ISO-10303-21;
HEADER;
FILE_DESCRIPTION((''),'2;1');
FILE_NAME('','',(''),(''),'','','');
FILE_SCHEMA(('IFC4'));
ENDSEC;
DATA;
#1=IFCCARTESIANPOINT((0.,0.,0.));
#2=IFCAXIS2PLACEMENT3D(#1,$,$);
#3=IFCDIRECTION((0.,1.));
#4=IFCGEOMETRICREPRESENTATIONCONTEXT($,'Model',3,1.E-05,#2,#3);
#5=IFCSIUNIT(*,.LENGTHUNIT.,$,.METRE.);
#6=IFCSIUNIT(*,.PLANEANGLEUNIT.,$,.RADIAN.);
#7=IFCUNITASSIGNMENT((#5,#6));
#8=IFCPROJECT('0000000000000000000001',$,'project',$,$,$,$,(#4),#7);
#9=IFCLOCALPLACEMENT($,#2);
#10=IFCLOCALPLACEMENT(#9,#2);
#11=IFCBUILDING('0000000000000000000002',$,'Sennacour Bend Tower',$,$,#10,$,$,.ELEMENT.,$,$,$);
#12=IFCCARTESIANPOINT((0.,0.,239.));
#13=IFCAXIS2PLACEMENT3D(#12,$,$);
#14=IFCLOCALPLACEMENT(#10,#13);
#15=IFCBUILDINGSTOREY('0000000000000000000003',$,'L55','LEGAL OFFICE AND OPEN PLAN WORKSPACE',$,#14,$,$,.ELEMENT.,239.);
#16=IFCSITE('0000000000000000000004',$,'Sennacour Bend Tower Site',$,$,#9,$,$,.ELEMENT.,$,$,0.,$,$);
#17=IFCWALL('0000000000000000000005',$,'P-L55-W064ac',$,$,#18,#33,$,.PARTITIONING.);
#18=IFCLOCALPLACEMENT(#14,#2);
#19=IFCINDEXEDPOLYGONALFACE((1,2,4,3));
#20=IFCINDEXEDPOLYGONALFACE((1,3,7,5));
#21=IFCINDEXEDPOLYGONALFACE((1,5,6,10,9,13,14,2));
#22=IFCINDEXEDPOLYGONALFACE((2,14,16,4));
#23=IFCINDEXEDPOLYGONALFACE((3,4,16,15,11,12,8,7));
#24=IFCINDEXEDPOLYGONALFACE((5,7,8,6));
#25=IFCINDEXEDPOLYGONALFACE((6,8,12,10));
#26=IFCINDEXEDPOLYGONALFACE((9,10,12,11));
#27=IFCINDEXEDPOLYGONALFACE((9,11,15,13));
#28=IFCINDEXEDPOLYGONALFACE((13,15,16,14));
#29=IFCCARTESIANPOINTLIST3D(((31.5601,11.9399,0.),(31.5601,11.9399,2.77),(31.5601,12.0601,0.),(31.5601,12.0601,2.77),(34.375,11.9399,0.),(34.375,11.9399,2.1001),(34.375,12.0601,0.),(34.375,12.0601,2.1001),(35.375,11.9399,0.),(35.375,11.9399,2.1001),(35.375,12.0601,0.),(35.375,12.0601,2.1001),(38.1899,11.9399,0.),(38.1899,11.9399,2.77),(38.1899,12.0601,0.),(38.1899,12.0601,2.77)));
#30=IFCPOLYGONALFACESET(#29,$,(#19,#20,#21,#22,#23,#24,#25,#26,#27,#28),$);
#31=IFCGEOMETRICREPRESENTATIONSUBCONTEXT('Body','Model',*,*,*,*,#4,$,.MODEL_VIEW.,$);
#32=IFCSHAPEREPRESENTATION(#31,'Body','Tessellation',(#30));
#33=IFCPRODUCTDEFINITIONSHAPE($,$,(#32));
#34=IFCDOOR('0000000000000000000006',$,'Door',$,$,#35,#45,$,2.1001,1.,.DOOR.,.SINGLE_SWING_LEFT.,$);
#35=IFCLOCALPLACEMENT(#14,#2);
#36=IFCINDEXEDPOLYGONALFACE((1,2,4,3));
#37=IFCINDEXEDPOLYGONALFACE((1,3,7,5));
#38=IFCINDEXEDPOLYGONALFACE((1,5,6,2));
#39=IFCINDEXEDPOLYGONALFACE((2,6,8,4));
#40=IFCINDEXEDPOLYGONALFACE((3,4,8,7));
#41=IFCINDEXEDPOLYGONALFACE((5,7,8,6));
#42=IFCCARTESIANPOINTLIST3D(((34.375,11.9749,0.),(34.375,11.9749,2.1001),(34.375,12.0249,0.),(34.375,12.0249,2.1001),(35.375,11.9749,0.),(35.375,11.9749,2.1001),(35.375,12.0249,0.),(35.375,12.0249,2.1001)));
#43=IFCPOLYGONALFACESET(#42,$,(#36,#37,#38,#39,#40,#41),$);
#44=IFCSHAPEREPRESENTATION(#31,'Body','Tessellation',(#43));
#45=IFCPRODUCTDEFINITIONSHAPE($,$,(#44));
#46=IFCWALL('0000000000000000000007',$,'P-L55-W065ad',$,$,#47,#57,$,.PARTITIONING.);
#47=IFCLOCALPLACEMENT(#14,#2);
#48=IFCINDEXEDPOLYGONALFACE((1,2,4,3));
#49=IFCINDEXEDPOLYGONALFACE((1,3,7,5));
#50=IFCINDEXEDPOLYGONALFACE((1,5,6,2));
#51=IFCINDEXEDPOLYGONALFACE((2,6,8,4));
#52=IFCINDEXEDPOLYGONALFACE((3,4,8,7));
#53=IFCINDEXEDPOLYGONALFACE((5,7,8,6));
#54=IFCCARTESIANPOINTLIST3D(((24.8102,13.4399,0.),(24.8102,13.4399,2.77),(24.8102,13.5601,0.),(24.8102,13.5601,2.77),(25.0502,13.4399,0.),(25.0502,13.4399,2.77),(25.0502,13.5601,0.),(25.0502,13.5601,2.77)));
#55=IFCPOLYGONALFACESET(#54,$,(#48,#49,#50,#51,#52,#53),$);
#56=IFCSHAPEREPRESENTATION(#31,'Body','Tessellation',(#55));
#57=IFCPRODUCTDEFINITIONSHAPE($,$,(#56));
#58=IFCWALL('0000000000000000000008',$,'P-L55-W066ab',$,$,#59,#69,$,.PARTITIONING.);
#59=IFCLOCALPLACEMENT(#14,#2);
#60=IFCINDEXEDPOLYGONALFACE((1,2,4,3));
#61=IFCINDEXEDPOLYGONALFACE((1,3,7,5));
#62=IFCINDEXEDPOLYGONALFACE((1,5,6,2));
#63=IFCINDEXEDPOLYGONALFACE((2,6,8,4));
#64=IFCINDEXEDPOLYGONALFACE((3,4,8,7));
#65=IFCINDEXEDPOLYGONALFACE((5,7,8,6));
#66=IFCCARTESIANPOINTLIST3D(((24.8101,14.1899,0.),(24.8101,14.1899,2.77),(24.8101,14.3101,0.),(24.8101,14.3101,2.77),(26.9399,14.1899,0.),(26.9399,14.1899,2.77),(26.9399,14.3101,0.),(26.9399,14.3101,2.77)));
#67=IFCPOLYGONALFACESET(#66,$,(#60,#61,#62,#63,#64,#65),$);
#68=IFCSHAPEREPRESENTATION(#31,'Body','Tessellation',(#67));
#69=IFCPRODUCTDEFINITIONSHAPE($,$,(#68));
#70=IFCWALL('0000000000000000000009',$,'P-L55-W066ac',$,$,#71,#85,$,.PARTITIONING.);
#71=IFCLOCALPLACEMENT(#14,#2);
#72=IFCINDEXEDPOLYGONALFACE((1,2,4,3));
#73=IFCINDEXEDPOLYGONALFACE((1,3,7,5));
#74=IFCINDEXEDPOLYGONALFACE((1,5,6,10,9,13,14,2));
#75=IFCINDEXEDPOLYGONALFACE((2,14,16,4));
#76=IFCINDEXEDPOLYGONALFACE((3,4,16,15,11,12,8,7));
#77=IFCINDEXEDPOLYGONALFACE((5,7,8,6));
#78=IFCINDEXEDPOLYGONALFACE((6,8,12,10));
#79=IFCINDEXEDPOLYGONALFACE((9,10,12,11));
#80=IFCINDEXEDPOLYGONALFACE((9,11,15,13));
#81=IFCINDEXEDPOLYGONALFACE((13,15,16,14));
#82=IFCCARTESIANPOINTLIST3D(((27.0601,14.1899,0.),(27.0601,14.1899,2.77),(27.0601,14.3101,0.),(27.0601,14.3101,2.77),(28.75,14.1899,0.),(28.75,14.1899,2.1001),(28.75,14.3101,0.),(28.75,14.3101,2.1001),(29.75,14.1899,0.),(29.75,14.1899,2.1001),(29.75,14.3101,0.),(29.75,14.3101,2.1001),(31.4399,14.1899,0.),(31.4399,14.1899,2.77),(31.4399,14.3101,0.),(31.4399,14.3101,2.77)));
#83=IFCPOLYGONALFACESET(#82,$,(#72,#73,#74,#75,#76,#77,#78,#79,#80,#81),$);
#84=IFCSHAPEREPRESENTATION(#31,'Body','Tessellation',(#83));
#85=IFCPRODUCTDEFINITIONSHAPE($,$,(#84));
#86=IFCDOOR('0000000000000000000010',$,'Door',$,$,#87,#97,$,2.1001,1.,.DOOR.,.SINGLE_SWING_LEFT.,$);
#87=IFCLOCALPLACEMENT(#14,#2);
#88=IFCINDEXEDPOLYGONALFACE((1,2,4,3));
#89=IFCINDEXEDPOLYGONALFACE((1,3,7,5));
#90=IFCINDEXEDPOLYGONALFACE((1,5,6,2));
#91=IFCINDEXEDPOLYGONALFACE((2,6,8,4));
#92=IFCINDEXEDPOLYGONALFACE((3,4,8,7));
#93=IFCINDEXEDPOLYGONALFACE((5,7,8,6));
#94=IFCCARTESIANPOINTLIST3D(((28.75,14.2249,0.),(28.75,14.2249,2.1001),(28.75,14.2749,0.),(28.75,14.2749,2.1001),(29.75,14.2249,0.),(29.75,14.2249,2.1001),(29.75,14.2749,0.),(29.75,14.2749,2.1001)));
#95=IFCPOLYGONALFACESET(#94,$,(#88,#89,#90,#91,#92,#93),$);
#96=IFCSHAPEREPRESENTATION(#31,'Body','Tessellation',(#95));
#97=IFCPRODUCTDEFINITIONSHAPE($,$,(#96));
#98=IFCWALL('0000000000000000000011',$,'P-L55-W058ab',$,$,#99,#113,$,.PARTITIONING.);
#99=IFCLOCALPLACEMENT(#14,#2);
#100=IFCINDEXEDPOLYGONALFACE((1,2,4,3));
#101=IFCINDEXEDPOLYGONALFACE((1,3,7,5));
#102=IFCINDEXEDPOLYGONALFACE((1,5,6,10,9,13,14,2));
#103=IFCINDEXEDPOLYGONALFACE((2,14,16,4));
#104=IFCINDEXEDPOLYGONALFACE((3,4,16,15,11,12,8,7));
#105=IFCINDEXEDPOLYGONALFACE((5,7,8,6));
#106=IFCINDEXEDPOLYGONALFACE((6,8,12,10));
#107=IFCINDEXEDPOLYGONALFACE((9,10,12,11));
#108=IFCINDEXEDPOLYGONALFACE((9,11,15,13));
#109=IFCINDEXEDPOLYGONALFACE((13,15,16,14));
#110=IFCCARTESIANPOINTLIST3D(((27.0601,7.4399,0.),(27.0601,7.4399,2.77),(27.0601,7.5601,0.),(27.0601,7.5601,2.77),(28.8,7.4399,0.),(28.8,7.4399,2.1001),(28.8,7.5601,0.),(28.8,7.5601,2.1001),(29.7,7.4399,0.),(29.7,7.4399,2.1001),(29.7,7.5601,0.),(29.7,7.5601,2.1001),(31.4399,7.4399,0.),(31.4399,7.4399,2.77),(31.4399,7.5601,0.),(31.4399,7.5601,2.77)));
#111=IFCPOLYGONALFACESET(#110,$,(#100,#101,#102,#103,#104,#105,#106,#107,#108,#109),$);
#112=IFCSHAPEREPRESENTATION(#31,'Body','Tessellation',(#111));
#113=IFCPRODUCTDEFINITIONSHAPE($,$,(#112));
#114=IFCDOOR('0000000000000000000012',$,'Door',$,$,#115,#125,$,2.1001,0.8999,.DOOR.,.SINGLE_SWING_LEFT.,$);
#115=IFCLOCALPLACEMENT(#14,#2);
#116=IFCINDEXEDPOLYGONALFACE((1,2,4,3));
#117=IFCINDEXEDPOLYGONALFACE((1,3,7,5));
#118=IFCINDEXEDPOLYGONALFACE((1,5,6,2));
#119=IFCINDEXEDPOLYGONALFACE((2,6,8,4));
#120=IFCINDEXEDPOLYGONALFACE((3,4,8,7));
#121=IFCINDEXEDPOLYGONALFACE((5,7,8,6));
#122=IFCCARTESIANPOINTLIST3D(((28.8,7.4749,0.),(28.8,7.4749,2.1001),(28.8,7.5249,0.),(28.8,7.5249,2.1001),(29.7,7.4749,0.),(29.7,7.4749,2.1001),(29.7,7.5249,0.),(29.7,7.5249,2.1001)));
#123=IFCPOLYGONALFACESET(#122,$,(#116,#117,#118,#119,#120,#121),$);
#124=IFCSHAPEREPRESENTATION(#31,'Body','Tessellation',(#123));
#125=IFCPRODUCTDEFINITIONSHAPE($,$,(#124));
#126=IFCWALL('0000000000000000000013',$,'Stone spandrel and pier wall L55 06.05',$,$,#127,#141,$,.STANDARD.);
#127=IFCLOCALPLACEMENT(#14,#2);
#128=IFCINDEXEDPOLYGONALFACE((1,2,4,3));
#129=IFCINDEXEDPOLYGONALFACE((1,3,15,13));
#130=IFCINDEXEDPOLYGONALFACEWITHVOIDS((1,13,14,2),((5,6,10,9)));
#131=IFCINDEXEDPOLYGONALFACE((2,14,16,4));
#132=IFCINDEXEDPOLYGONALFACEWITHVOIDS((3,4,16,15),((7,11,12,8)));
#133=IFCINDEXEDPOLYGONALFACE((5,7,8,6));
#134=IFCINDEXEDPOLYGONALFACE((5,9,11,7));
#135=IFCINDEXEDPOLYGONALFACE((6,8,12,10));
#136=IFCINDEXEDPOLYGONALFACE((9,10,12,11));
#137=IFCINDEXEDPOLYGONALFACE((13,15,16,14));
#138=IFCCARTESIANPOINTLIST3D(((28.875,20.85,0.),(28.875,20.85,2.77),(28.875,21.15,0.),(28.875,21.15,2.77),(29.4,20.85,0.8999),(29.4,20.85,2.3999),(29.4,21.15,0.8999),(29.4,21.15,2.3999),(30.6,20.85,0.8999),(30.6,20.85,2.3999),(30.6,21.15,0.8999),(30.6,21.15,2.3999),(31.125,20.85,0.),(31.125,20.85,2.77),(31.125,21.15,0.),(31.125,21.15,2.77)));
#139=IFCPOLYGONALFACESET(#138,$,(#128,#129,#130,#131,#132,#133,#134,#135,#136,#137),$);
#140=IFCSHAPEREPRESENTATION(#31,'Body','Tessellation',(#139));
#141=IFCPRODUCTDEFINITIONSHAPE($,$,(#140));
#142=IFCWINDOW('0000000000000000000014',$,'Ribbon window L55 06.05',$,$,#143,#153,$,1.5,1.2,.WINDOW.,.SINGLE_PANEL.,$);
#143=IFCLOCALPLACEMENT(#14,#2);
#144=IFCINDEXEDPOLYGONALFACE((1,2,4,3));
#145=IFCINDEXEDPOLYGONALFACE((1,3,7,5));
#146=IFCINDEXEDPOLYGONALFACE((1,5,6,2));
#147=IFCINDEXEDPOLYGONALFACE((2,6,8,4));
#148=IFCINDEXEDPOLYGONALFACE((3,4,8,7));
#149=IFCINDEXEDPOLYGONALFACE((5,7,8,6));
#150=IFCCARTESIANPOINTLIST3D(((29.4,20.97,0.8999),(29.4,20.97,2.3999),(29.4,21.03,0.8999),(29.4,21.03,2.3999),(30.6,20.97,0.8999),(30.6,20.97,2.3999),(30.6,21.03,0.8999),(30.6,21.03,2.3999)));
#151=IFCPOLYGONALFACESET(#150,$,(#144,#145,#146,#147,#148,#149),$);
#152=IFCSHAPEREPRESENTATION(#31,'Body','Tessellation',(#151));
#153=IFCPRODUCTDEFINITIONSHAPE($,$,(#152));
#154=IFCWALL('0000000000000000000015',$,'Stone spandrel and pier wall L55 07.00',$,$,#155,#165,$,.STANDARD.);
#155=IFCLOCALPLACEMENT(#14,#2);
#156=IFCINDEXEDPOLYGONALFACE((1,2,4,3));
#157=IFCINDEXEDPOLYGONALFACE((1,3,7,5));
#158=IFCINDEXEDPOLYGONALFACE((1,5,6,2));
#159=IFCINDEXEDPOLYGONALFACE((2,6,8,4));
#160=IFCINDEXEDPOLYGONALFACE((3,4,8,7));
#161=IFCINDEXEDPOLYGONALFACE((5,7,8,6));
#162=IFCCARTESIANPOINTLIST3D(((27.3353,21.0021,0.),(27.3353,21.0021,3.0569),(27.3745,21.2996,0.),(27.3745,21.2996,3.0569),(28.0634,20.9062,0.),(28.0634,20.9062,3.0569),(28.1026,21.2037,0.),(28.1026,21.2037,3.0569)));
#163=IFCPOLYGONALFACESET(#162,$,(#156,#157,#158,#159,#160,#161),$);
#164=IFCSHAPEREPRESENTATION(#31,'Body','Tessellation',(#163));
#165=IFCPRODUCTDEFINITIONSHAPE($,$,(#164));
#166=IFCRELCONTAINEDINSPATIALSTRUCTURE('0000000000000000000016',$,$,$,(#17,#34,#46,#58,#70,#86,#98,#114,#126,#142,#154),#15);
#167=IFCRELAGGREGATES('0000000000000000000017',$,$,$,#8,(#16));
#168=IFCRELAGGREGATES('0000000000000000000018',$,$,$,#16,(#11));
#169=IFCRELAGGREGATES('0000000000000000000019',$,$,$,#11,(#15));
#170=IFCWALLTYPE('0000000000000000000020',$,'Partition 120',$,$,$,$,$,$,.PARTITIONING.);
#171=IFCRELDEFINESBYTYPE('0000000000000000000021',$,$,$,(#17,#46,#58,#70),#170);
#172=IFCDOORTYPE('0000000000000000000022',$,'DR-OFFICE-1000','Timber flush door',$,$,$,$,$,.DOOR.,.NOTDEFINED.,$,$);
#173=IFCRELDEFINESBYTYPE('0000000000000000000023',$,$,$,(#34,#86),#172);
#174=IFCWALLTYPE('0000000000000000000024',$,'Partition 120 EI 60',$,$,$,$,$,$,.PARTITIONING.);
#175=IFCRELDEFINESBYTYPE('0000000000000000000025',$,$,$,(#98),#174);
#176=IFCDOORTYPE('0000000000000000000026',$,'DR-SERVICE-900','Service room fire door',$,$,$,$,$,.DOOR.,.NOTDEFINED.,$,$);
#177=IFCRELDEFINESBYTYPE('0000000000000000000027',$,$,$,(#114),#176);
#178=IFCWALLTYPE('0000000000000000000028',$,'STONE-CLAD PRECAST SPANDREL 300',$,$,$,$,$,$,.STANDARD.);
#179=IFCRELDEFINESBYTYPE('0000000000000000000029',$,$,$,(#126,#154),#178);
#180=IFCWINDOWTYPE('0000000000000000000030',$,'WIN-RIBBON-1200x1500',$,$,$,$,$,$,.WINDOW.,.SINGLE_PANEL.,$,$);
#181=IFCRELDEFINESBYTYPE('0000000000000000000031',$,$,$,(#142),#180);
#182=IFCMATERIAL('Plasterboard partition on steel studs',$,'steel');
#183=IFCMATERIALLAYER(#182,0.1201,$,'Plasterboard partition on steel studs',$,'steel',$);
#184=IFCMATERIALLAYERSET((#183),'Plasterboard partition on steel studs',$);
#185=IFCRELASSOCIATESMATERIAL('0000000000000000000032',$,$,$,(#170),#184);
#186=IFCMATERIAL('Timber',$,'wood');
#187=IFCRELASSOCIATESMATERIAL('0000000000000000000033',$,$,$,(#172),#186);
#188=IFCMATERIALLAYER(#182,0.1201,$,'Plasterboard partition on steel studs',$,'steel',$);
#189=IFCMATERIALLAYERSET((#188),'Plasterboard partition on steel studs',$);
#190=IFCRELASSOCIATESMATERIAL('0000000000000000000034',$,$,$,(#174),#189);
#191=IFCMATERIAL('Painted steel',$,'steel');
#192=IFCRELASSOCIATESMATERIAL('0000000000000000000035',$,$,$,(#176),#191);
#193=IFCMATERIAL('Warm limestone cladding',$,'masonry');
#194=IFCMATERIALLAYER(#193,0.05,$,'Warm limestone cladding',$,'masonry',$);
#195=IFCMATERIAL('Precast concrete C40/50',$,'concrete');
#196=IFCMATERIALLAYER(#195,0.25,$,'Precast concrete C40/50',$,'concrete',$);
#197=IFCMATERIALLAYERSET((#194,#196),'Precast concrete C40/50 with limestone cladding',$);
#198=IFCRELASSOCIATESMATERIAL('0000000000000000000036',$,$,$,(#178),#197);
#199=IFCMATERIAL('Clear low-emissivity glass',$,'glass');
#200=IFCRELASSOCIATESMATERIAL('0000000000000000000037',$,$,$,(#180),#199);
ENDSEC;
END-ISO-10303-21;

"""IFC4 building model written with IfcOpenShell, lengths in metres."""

from ifc_helpers import new_model, si_unit, direction, frame, frame_2d, origin, place, context, subcontext, project, spatial, rectangle, extrude, material, layer, layer_set, type_object, element, fill, save


model = new_model("IFC4")

# Units and contexts
model_context = context("Model", 3, precision=1e-05, world=origin(), true_north=direction((0.0, 1.0)))
body_context = subcontext(model_context, "Body", "Model", "MODEL_VIEW")
ifc_project = project(units=[si_unit("LENGTHUNIT", "METRE"), si_unit("PLANEANGLEUNIT", "RADIAN")], contexts=[model_context])

# Site, building, storey
site_placement = place(None, origin())
site = spatial("IfcSite", under=ifc_project, at=site_placement, Name="Sennacour Bend Tower Site", CompositionType="ELEMENT", RefElevation=0.0)
building_placement = place(site_placement, origin())
building = spatial("IfcBuilding", under=site, at=building_placement, Name="Sennacour Bend Tower", CompositionType="ELEMENT")
storey_placement = place(building_placement, frame((0.0, 0.0, 239.0)))
storey = spatial("IfcBuildingStorey", under=building, at=storey_placement, Name="L55", Description="LEGAL OFFICE AND OPEN PLAN WORKSPACE", CompositionType="ELEMENT", Elevation=239.0)

# Shared definitions
ifc_material_1 = material(Name="Plasterboard partition on steel studs", Category="steel")
ifc_layer_1 = layer(ifc_material_1, 0.1201, Name="Plasterboard partition on steel studs", Category="steel")
ifc_layer_set_1 = layer_set([ifc_layer_1], Name="Plasterboard partition on steel studs")
wall_type_1 = type_object("IfcWallType", Name="Partition 120", PredefinedType="PARTITIONING", material=ifc_layer_set_1)

# Wall, opening, door
wall_1_placement = place(storey_placement, frame((31.5601, 12.0, 0.0), z_axis=(0.0, 0.0, 1.0), x_axis=(1.0, 0.0, 0.0)))
wall_1 = element("IfcWall", 1, at=wall_1_placement, inside=storey, type_object=wall_type_1, Name="P-L55-W064ac", PredefinedType="PARTITIONING", context=body_context, shape_type="SweptSolid", body=[
    extrude(rectangle(XDim=6.6299, YDim=0.1201, at=frame_2d((3.3149, 0.0))), origin(), (0.0, 0.0, 1.0), 2.77),
])
opening_1_placement = place(wall_1_placement, frame((2.8149, 0.0, 0.0)))
opening_1 = element("IfcOpeningElement", 2, at=opening_1_placement, cuts=wall_1, PredefinedType="OPENING", context=body_context, shape_type="SweptSolid", body=[
    extrude(rectangle(XDim=1.0, YDim=2.1001, at=frame_2d((0.5, 1.05))), frame((0.0, 0.0701, 0.0), z_axis=(0.0, -1.0, 0.0), x_axis=(1.0, 0.0, 0.0)), (0.0, 0.0, 1.0), 0.1401),
])
ifc_material_2 = material(Name="Timber", Category="wood")
door_type_1 = type_object("IfcDoorType", Name="DR-OFFICE-1000", Description="Timber flush door", OperationType="NOTDEFINED", PredefinedType="DOOR", material=ifc_material_2)
door_1_placement = place(opening_1_placement, origin())
door_1 = element("IfcDoor", 3, at=door_1_placement, inside=storey, type_object=door_type_1, Name="Door", OperationType="SINGLE_SWING_LEFT", OverallHeight=2.1001, OverallWidth=1.0, PredefinedType="DOOR", context=body_context, shape_type="SweptSolid", body=[
    extrude(rectangle(XDim=1.0, YDim=2.1001, at=frame_2d((0.5, 1.05))), frame((0.0, 0.0249, 0.0), z_axis=(0.0, -1.0, 0.0), x_axis=(1.0, 0.0, 0.0)), (0.0, 0.0, 1.0), 0.05),
])
fill(opening_1, door_1)

# Walls
wall_2_placement = place(storey_placement, frame((24.8101, 13.5, 0.0), z_axis=(0.0, 0.0, 1.0), x_axis=(1.0, 0.0, 0.0)))
element("IfcWall", 4, at=wall_2_placement, inside=storey, type_object=wall_type_1, Name="P-L55-W065ad", PredefinedType="PARTITIONING", context=body_context, shape_type="SweptSolid", body=[
    extrude(rectangle(XDim=0.24, YDim=0.1201, at=frame_2d((0.1201, 0.0))), origin(), (0.0, 0.0, 1.0), 2.77),
])
wall_3_placement = place(storey_placement, frame((24.8101, 14.25, 0.0), z_axis=(0.0, 0.0, 1.0), x_axis=(1.0, 0.0, 0.0)))
element("IfcWall", 5, at=wall_3_placement, inside=storey, type_object=wall_type_1, Name="P-L55-W066ab", PredefinedType="PARTITIONING", context=body_context, shape_type="SweptSolid", body=[
    extrude(rectangle(XDim=2.1299, YDim=0.1201, at=frame_2d((1.0649, 0.0))), origin(), (0.0, 0.0, 1.0), 2.77),
])

# Walls, openings, doors
wall_4_placement = place(storey_placement, frame((27.0601, 14.25, 0.0), z_axis=(0.0, 0.0, 1.0), x_axis=(1.0, 0.0, 0.0)))
wall_4 = element("IfcWall", 6, at=wall_4_placement, inside=storey, type_object=wall_type_1, Name="P-L55-W066ac", PredefinedType="PARTITIONING", context=body_context, shape_type="SweptSolid", body=[
    extrude(rectangle(XDim=4.3799, YDim=0.1201, at=frame_2d((2.1899, 0.0))), origin(), (0.0, 0.0, 1.0), 2.77),
])
opening_2_placement = place(wall_4_placement, frame((1.6899, 0.0, 0.0)))
opening_2 = element("IfcOpeningElement", 7, at=opening_2_placement, cuts=wall_4, PredefinedType="OPENING", context=body_context, shape_type="SweptSolid", body=[
    extrude(rectangle(XDim=1.0, YDim=2.1001, at=frame_2d((0.5, 1.05))), frame((0.0, 0.0701, 0.0), z_axis=(0.0, -1.0, 0.0), x_axis=(1.0, 0.0, 0.0)), (0.0, 0.0, 1.0), 0.1401),
])
door_2_placement = place(opening_2_placement, origin())
door_2 = element("IfcDoor", 8, at=door_2_placement, inside=storey, type_object=door_type_1, Name="Door", OperationType="SINGLE_SWING_LEFT", OverallHeight=2.1001, OverallWidth=1.0, PredefinedType="DOOR", context=body_context, shape_type="SweptSolid", body=[
    extrude(rectangle(XDim=1.0, YDim=2.1001, at=frame_2d((0.5, 1.05))), frame((0.0, 0.0249, 0.0), z_axis=(0.0, -1.0, 0.0), x_axis=(1.0, 0.0, 0.0)), (0.0, 0.0, 1.0), 0.05),
])
fill(opening_2, door_2)
ifc_layer_2 = layer(ifc_material_1, 0.1201, Name="Plasterboard partition on steel studs", Category="steel")
ifc_layer_set_2 = layer_set([ifc_layer_2], Name="Plasterboard partition on steel studs")
wall_type_2 = type_object("IfcWallType", Name="Partition 120 EI 60", PredefinedType="PARTITIONING", material=ifc_layer_set_2)
wall_5_placement = place(storey_placement, frame((27.0601, 7.5, 0.0), z_axis=(0.0, 0.0, 1.0), x_axis=(1.0, 0.0, 0.0)))
wall_5 = element("IfcWall", 9, at=wall_5_placement, inside=storey, type_object=wall_type_2, Name="P-L55-W058ab", PredefinedType="PARTITIONING", context=body_context, shape_type="SweptSolid", body=[
    extrude(rectangle(XDim=4.3799, YDim=0.1201, at=frame_2d((2.1899, 0.0))), origin(), (0.0, 0.0, 1.0), 2.77),
])
opening_3_placement = place(wall_5_placement, frame((1.74, 0.0, 0.0)))
opening_3 = element("IfcOpeningElement", 10, at=opening_3_placement, cuts=wall_5, PredefinedType="OPENING", context=body_context, shape_type="SweptSolid", body=[
    extrude(rectangle(XDim=0.8999, YDim=2.1001, at=frame_2d((0.45, 1.05))), frame((0.0, 0.0701, 0.0), z_axis=(0.0, -1.0, 0.0), x_axis=(1.0, 0.0, 0.0)), (0.0, 0.0, 1.0), 0.1401),
])
ifc_material_3 = material(Name="Painted steel", Category="steel")
door_type_2 = type_object("IfcDoorType", Name="DR-SERVICE-900", Description="Service room fire door", OperationType="NOTDEFINED", PredefinedType="DOOR", material=ifc_material_3)
door_3_placement = place(opening_3_placement, origin())
door_3 = element("IfcDoor", 11, at=door_3_placement, inside=storey, type_object=door_type_2, Name="Door", OperationType="SINGLE_SWING_LEFT", OverallHeight=2.1001, OverallWidth=0.8999, PredefinedType="DOOR", context=body_context, shape_type="SweptSolid", body=[
    extrude(rectangle(XDim=0.8999, YDim=2.1001, at=frame_2d((0.45, 1.05))), frame((0.0, 0.0249, 0.0), z_axis=(0.0, -1.0, 0.0), x_axis=(1.0, 0.0, 0.0)), (0.0, 0.0, 1.0), 0.05),
])
fill(opening_3, door_3)

# Wall, opening, window
ifc_material_4 = material(Name="Warm limestone cladding", Category="masonry")
ifc_layer_3 = layer(ifc_material_4, 0.05, Name="Warm limestone cladding", Category="masonry")
ifc_material_5 = material(Name="Precast concrete C40/50", Category="concrete")
ifc_layer_4 = layer(ifc_material_5, 0.25, Name="Precast concrete C40/50", Category="concrete")
ifc_layer_set_3 = layer_set([ifc_layer_3, ifc_layer_4], Name="Precast concrete C40/50 with limestone cladding")
wall_type_3 = type_object("IfcWallType", Name="STONE-CLAD PRECAST SPANDREL 300", PredefinedType="STANDARD", material=ifc_layer_set_3)
wall_6_placement = place(storey_placement, frame((31.125, 21.0, 0.0), z_axis=(0.0, 0.0, 1.0), x_axis=(-1.0, 0.0, 0.0)))
wall_6 = element("IfcWall", 12, at=wall_6_placement, inside=storey, type_object=wall_type_3, Name="Stone spandrel and pier wall L55 06.05", PredefinedType="STANDARD", context=body_context, shape_type="SweptSolid", body=[
    extrude(rectangle(XDim=2.25, YDim=0.3, at=frame_2d((1.125, 0.0))), origin(), (0.0, 0.0, 1.0), 2.77),
])
opening_4_placement = place(wall_6_placement, frame((0.5249, 0.0, 0.8999)))
opening_4 = element("IfcOpeningElement", 13, at=opening_4_placement, cuts=wall_6, PredefinedType="OPENING", context=body_context, shape_type="SweptSolid", body=[
    extrude(rectangle(XDim=1.2, YDim=1.5, at=frame_2d((0.6001, 0.75))), frame((0.0, 0.1602, 0.0), z_axis=(0.0, -1.0, 0.0), x_axis=(1.0, 0.0, 0.0)), (0.0, 0.0, 1.0), 0.3201),
])
ifc_material_6 = material(Name="Clear low-emissivity glass", Category="glass")
window_type = type_object("IfcWindowType", Name="WIN-RIBBON-1200x1500", PartitioningType="SINGLE_PANEL", PredefinedType="WINDOW", material=ifc_material_6)
window_placement = place(opening_4_placement, origin())
window = element("IfcWindow", 14, at=window_placement, inside=storey, type_object=window_type, Name="Ribbon window L55 06.05", OverallHeight=1.5, OverallWidth=1.2, PartitioningType="SINGLE_PANEL", PredefinedType="WINDOW", context=body_context, shape_type="SweptSolid", body=[
    extrude(rectangle(XDim=1.2, YDim=1.5, at=frame_2d((0.6001, 0.75))), frame((0.0, 0.03, 0.0), z_axis=(0.0, -1.0, 0.0), x_axis=(1.0, 0.0, 0.0)), (0.0, 0.0, 1.0), 0.0601),
])
fill(opening_4, window)

# Wall
wall_7_placement = place(storey_placement, frame((28.083, 21.0549, 0.0), z_axis=(0.0, 0.0, 1.0), x_axis=(-0.991427, 0.130661, 0.0)))
element("IfcWall", 15, at=wall_7_placement, inside=storey, type_object=wall_type_3, Name="Stone spandrel and pier wall L55 07.00", PredefinedType="STANDARD", context=body_context, shape_type="SweptSolid", body=[
    extrude(rectangle(XDim=0.7344, YDim=0.3, at=frame_2d((0.3672, 0.0))), origin(), (0.0, 0.0, 1.0), 3.0569),
])

save(model, "model.ifc")
